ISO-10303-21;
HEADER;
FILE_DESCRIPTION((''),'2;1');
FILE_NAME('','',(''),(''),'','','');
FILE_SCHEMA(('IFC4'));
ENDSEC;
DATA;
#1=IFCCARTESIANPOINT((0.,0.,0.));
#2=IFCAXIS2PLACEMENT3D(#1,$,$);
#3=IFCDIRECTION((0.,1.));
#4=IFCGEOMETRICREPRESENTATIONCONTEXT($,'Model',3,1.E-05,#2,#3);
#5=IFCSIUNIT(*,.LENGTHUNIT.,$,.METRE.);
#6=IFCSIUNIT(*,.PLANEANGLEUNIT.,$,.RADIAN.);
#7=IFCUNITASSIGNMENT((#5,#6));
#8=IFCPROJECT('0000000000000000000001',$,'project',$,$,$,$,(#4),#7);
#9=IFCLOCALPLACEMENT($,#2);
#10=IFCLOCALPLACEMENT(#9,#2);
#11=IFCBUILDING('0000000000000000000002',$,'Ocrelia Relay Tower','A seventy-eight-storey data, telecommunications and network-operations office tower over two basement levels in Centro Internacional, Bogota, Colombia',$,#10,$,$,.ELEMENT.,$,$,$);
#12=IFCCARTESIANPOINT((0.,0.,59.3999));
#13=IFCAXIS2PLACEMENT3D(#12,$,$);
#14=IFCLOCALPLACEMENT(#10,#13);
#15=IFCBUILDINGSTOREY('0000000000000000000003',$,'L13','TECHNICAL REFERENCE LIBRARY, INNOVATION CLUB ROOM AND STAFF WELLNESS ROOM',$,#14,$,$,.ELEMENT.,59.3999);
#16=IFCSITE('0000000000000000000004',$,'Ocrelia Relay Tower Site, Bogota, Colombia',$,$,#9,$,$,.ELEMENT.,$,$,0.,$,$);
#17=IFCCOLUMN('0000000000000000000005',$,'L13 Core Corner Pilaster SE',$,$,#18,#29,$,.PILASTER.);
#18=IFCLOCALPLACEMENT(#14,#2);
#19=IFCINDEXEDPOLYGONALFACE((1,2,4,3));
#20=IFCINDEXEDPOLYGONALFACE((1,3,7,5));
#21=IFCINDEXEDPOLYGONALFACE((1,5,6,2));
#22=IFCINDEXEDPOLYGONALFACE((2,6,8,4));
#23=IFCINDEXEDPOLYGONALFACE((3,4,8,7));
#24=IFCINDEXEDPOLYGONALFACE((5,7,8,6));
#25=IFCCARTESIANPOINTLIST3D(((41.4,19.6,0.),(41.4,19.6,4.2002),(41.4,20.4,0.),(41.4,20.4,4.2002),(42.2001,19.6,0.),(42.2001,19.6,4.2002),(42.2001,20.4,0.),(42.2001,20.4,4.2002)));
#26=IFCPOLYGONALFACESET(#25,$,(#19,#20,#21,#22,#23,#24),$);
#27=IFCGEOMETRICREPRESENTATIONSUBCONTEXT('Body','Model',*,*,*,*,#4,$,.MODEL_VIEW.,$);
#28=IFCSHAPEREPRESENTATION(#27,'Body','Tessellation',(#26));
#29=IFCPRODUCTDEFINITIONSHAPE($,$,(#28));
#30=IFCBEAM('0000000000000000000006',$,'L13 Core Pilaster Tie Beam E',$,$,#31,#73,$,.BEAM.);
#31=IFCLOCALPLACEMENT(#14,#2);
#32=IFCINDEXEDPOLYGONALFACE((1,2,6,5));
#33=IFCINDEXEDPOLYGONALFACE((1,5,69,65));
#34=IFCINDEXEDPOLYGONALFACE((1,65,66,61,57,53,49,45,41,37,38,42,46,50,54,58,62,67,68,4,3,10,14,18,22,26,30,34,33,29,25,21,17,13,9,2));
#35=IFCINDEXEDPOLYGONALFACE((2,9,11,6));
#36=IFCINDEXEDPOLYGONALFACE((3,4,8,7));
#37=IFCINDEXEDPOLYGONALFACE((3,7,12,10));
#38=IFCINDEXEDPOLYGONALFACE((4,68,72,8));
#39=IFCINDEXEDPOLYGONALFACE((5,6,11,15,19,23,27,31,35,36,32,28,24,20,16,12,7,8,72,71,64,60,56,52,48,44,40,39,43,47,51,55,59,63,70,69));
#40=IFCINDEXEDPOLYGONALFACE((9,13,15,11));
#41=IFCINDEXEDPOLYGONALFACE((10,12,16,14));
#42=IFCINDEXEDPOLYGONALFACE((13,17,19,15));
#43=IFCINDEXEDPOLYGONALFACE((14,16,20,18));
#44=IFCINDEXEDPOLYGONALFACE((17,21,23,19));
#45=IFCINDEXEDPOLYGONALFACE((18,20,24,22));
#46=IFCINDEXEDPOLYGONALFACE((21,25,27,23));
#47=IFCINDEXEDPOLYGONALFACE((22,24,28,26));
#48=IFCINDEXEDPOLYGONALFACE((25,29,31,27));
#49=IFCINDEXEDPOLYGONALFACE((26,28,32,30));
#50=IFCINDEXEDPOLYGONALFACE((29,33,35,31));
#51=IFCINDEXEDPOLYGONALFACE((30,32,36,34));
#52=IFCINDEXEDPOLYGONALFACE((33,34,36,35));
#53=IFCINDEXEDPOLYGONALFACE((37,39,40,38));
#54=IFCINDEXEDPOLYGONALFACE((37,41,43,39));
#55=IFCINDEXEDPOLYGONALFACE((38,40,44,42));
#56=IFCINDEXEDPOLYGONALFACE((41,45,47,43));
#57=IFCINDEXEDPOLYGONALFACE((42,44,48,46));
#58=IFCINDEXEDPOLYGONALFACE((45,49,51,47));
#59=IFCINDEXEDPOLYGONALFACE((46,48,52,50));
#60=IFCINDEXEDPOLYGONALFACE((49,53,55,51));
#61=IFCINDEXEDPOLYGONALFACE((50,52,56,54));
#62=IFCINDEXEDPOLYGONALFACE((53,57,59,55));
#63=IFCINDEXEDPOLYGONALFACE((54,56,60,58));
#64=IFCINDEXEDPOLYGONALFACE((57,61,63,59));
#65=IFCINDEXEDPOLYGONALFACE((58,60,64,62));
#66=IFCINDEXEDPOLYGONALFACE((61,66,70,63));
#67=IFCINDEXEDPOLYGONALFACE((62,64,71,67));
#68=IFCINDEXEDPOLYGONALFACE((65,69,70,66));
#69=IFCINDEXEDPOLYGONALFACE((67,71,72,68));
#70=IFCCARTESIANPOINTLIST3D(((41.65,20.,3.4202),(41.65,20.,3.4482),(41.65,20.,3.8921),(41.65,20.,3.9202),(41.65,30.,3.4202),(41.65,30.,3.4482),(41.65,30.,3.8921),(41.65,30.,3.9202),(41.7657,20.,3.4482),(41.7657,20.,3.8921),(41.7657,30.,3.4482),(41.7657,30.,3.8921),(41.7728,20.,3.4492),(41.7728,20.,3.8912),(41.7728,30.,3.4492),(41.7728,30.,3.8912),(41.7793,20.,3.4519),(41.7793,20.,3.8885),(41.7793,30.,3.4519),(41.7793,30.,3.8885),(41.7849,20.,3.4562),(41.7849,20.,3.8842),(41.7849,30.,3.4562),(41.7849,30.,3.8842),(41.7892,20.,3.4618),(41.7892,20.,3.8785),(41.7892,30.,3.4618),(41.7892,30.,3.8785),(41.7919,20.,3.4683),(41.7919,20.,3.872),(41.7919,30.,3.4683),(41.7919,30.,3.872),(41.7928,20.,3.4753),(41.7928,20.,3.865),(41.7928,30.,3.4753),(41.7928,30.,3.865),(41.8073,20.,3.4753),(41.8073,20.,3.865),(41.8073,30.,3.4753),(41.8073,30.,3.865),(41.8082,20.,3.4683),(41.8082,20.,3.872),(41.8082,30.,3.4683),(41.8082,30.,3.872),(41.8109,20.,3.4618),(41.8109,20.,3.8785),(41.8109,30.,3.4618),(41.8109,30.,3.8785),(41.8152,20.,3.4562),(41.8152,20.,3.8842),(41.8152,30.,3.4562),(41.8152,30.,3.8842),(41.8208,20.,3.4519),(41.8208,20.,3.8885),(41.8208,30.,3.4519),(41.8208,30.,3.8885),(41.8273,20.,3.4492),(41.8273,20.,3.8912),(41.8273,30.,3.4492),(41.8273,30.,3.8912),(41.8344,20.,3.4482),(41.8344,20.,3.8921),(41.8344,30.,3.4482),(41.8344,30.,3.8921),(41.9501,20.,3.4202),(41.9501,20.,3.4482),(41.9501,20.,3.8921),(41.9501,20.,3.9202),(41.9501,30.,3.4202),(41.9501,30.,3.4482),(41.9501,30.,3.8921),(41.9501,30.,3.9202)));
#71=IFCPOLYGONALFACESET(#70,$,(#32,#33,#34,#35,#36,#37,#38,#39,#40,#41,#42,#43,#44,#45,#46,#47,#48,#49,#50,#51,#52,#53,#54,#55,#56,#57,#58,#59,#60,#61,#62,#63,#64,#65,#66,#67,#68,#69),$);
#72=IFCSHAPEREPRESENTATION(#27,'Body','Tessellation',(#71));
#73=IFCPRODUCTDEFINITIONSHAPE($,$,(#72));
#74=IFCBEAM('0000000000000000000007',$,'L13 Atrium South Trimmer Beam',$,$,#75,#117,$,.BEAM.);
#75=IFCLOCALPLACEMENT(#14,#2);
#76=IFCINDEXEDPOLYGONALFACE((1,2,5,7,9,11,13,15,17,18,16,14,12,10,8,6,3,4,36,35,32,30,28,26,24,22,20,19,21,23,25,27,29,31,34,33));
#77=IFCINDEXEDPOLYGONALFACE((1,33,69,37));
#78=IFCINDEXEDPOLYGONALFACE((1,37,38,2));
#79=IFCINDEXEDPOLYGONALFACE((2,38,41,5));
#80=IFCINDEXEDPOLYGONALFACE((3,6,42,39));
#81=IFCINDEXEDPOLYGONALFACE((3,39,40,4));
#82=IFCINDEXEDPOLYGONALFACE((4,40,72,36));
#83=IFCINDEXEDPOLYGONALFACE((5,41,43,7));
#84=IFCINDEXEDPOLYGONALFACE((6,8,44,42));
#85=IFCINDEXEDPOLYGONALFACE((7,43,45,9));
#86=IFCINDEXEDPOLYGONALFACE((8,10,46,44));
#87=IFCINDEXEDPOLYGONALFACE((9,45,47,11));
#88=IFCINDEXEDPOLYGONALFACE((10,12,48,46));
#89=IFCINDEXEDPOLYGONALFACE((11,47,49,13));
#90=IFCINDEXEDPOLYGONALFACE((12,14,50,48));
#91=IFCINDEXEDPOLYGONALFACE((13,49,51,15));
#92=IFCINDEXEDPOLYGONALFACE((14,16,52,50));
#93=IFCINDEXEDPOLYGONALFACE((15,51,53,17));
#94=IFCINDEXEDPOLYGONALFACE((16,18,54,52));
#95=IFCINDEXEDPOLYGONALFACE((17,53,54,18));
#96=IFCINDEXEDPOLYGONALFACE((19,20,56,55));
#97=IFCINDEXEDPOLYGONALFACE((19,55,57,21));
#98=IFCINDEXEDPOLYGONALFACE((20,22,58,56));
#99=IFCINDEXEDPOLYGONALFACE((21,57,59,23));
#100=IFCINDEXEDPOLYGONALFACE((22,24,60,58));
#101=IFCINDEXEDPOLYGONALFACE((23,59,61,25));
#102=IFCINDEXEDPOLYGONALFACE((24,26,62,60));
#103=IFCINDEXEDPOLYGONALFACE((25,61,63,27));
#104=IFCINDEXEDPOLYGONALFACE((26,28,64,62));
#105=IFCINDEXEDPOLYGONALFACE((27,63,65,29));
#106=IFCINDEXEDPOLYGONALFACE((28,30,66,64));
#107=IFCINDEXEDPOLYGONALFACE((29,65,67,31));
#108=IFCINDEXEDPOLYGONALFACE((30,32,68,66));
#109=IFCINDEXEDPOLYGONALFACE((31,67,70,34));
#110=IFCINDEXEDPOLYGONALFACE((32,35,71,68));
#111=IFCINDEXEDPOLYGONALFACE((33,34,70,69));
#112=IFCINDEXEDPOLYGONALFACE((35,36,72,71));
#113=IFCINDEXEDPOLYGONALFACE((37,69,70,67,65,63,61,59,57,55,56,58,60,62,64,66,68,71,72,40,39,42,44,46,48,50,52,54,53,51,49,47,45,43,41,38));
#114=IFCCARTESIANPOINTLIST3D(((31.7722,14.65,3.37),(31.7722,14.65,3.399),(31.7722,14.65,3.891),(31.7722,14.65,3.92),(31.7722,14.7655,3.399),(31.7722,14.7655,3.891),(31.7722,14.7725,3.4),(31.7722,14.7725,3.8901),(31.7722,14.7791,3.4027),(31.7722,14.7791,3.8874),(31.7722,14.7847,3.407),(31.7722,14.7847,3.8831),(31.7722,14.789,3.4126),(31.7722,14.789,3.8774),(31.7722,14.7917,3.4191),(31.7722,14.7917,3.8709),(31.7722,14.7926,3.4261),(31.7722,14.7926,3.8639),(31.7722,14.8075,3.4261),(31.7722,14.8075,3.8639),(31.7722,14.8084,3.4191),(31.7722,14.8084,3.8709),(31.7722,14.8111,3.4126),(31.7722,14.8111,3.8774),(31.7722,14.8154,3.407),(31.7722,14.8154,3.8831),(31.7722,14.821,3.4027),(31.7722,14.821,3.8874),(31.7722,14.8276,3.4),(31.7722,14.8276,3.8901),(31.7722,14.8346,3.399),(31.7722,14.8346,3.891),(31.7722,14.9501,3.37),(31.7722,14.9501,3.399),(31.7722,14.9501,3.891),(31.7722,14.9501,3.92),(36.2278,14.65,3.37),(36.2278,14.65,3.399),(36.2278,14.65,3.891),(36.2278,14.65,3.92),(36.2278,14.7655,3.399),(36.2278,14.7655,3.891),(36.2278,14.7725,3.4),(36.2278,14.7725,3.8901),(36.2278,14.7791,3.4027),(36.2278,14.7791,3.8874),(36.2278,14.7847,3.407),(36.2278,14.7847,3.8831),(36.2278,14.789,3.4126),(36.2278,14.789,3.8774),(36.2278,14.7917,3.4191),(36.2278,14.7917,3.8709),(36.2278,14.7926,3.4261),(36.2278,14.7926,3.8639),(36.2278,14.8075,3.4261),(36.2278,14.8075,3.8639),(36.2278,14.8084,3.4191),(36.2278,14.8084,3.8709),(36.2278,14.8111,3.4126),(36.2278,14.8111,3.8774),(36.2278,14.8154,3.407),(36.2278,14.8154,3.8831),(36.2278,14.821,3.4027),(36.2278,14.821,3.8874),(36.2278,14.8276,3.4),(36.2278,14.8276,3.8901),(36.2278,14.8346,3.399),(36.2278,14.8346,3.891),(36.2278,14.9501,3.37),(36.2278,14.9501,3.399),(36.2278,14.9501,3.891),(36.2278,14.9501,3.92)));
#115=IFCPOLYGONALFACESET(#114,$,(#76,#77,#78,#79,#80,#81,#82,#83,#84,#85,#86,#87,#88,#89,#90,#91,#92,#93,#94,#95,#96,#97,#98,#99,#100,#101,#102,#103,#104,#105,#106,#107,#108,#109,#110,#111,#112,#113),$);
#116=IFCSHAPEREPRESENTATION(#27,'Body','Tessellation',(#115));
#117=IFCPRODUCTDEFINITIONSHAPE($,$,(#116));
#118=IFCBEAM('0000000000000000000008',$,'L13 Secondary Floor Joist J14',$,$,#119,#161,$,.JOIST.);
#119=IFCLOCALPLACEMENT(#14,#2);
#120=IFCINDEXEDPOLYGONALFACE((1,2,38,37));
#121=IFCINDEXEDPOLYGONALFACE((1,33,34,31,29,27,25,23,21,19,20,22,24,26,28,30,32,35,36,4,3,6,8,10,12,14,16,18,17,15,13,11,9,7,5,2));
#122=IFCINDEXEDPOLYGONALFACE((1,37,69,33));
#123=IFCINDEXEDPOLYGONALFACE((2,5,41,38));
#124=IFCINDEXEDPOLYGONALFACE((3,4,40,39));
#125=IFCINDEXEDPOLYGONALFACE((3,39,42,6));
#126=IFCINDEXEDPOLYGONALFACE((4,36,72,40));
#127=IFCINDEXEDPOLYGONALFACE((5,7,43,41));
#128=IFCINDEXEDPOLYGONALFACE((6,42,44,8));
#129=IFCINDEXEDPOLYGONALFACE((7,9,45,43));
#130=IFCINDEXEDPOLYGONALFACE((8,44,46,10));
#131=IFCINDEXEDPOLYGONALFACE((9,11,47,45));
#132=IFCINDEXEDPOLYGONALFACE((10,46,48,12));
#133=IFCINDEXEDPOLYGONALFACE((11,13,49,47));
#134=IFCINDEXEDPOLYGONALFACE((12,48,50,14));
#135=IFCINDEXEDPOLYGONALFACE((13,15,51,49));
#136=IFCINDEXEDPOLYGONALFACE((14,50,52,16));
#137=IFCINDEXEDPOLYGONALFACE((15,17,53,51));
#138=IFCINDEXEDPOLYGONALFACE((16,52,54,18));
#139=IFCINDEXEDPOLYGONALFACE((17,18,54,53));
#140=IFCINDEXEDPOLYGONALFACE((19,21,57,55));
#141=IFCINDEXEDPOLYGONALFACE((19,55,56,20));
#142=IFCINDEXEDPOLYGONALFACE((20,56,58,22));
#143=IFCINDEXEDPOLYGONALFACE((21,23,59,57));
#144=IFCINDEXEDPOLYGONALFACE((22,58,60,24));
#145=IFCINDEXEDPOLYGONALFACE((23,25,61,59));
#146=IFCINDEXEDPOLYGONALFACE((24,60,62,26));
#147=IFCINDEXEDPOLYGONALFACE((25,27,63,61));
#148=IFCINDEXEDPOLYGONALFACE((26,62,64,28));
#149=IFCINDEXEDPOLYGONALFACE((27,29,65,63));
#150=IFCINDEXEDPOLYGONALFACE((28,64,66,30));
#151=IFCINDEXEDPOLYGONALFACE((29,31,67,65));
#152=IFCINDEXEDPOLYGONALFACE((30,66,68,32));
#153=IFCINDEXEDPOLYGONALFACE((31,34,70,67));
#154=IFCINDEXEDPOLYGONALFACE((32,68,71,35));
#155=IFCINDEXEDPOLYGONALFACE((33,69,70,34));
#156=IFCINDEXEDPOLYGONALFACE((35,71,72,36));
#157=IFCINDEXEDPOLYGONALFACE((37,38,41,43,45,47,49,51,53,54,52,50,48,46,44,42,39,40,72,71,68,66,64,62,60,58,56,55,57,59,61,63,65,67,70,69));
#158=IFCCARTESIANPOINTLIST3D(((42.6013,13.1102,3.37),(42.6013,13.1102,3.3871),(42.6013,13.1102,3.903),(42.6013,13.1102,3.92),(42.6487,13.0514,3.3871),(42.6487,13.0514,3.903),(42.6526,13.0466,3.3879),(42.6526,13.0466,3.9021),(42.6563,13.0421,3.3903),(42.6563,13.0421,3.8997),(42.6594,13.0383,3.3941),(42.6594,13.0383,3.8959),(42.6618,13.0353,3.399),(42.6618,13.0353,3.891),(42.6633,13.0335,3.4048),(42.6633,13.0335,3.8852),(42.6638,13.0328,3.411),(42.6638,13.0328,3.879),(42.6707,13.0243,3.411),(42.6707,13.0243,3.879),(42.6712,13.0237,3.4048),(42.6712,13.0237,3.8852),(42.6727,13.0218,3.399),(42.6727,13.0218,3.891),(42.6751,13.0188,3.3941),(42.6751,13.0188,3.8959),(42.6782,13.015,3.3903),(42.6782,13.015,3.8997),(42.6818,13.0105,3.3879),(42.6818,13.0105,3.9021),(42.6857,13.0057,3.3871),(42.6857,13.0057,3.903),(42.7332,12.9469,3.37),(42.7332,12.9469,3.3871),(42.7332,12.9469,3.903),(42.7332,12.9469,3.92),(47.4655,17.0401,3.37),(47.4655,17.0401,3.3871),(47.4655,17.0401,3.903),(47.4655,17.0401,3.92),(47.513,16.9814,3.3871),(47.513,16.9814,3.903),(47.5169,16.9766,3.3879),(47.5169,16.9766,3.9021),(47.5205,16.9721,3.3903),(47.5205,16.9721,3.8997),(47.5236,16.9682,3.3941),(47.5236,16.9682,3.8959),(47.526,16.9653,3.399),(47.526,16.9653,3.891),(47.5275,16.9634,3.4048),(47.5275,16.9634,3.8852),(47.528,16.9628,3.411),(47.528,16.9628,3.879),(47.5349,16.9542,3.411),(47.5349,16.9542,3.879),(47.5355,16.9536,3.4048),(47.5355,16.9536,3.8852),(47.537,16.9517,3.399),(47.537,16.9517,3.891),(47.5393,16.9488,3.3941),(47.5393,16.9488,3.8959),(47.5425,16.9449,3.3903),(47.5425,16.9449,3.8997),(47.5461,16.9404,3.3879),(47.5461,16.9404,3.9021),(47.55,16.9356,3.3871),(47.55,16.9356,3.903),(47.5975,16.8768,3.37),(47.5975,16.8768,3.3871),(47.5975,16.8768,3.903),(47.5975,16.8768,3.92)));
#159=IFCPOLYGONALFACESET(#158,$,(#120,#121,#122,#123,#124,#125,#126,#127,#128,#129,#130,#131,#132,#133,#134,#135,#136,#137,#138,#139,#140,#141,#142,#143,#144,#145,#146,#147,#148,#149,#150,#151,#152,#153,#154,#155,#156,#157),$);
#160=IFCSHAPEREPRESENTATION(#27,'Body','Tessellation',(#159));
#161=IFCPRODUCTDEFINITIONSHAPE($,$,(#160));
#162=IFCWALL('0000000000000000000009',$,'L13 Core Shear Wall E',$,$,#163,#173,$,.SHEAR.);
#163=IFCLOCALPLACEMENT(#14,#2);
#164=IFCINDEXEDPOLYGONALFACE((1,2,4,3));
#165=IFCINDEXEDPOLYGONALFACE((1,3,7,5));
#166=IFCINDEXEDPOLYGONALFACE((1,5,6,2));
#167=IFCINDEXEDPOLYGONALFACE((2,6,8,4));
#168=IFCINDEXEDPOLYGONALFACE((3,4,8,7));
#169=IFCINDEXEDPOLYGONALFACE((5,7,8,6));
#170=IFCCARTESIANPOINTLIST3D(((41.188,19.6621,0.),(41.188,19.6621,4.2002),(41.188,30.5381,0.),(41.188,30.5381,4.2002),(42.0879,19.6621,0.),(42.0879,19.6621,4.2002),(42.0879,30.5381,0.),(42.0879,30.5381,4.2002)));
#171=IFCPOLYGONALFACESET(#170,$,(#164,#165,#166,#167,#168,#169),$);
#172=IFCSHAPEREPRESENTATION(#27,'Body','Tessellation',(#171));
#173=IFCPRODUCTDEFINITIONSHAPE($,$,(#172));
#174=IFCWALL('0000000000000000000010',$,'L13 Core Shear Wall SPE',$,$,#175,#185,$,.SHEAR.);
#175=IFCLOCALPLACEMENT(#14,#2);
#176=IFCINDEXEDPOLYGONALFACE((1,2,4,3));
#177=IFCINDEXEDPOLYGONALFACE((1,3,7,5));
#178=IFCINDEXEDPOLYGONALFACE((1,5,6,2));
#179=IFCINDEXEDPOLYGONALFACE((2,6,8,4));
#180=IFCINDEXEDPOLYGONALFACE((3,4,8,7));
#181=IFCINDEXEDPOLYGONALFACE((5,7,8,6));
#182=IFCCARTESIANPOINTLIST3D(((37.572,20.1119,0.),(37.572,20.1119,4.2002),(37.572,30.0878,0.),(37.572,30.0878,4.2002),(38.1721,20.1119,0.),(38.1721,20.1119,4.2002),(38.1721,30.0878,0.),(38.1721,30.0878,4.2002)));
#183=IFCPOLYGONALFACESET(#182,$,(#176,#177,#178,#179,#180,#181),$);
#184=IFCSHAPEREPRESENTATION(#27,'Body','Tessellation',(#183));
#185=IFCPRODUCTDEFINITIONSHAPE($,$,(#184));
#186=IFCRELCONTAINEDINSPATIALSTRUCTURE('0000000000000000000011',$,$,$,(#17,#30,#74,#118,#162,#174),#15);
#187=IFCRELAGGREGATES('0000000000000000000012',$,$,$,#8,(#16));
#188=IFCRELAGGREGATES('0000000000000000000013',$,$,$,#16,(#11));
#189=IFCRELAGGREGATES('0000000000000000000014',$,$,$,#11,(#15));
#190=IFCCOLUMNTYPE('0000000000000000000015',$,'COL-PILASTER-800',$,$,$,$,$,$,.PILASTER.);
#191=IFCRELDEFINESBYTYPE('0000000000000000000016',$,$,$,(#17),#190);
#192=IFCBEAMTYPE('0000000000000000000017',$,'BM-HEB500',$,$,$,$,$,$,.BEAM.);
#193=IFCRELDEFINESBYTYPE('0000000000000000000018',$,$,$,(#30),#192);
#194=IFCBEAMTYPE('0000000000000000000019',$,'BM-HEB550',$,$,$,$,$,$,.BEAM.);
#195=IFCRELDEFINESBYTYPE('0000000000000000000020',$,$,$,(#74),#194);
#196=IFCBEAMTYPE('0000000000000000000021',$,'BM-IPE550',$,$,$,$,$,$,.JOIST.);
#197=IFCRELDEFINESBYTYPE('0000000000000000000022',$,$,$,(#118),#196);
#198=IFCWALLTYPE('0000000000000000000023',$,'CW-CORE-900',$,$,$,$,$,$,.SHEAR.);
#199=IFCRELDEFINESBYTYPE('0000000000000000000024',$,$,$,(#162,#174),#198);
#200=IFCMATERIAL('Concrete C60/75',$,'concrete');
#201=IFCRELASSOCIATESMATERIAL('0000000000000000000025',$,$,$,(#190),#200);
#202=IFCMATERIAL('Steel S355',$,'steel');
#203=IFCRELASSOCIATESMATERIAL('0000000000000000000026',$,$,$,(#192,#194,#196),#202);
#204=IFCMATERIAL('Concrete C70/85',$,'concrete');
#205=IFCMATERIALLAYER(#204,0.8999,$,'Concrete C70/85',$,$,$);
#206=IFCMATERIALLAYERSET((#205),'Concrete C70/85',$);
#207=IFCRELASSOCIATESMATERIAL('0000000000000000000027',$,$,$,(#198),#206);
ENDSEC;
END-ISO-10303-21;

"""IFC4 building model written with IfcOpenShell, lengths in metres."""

from ifc_helpers import new_model, si_unit, direction, frame, frame_2d, origin, origin_2d, place, context, subcontext, project, spatial, rectangle, i_section, extrude, material, layer, layer_set, material_profile, profile_set, type_object, element, save


model = new_model("IFC4")

# Units and contexts
model_context = context("Model", 3, precision=1e-05, world=origin(), true_north=direction((0.0, 1.0)))
body_context = subcontext(model_context, "Body", "Model", "MODEL_VIEW")
ifc_project = project(units=[si_unit("LENGTHUNIT", "METRE"), si_unit("PLANEANGLEUNIT", "RADIAN")], contexts=[model_context])

# Site, building, storey
site_placement = place(None, origin())
site = spatial("IfcSite", under=ifc_project, at=site_placement, Name="Ocrelia Relay Tower Site, Bogota, Colombia", CompositionType="ELEMENT", RefElevation=0.0)
building_placement = place(site_placement, origin())
building = spatial("IfcBuilding", under=site, at=building_placement, Name="Ocrelia Relay Tower", Description="A seventy-eight-storey data, telecommunications and network-operations office tower over two basement levels in Centro Internacional, Bogota, Colombia", CompositionType="ELEMENT")
storey_placement = place(building_placement, frame((0.0, 0.0, 59.3999)))
storey = spatial("IfcBuildingStorey", under=building, at=storey_placement, Name="L13", Description="TECHNICAL REFERENCE LIBRARY, INNOVATION CLUB ROOM AND STAFF WELLNESS ROOM", CompositionType="ELEMENT", Elevation=59.3999)

# Column
ifc_material_1 = material(Name="Concrete C60/75", Category="concrete")
ifc_material_profile_1 = material_profile(ifc_material_1, rectangle(XDim=0.8, YDim=0.8, at=origin_2d()), Name="RC-COL-800x800")
ifc_profile_set_1 = profile_set([ifc_material_profile_1], Name="Concrete C60/75")
column_type = type_object("IfcColumnType", Name="COL-PILASTER-800", PredefinedType="PILASTER", material=ifc_profile_set_1)
column_placement = place(storey_placement, frame((41.8, 20.0, 0.0), z_axis=(0.0, 0.0, 1.0), x_axis=(1.0, 0.0, 0.0)))
element("IfcColumn", 1, at=column_placement, inside=storey, type_object=column_type, Name="L13 Core Corner Pilaster SE", PredefinedType="PILASTER", context=body_context, shape_type="SweptSolid", body=[
    extrude(rectangle(XDim=0.8, YDim=0.8, at=origin_2d()), origin(), (0.0, 0.0, 1.0), 4.2002),
])

# Beams
ifc_material_2 = material(Name="Steel S355", Category="steel")
ifc_material_profile_2 = material_profile(ifc_material_2, i_section(OverallWidth=0.3, OverallDepth=0.5, WebThickness=0.0144, FlangeThickness=0.0281, FilletRadius=0.0271, at=origin_2d()), Name="HEB 500")
ifc_profile_set_2 = profile_set([ifc_material_profile_2], Name="Steel S355")
beam_type_1 = type_object("IfcBeamType", Name="BM-HEB500", PredefinedType="BEAM", material=ifc_profile_set_2)
beam_1_placement = place(storey_placement, frame((41.8, 20.0, 3.6702), z_axis=(0.0, 1.0, 0.0), x_axis=(-1.0, 0.0, 0.0)))
element("IfcBeam", 2, at=beam_1_placement, inside=storey, type_object=beam_type_1, Name="L13 Core Pilaster Tie Beam E", PredefinedType="BEAM", context=body_context, shape_type="SweptSolid", body=[
    extrude(i_section(OverallWidth=0.3, OverallDepth=0.5, WebThickness=0.0144, FlangeThickness=0.0281, FilletRadius=0.0271, at=origin_2d()), origin(), (0.0, 0.0, 1.0), 10.0),
])
ifc_material_profile_3 = material_profile(ifc_material_2, i_section(OverallWidth=0.3, OverallDepth=0.55, WebThickness=0.0149, FlangeThickness=0.0291, FilletRadius=0.0271, at=origin_2d()), Name="HEB 550")
ifc_profile_set_3 = profile_set([ifc_material_profile_3], Name="Steel S355")
beam_type_2 = type_object("IfcBeamType", Name="BM-HEB550", PredefinedType="BEAM", material=ifc_profile_set_3)
beam_2_placement = place(storey_placement, frame((31.7722, 14.8, 3.645), z_axis=(1.0, 0.0, 0.0), x_axis=(0.0, 1.0, 0.0)))
element("IfcBeam", 3, at=beam_2_placement, inside=storey, type_object=beam_type_2, Name="L13 Atrium South Trimmer Beam", PredefinedType="BEAM", context=body_context, shape_type="SweptSolid", body=[
    extrude(i_section(OverallWidth=0.3, OverallDepth=0.55, WebThickness=0.0149, FlangeThickness=0.0291, FilletRadius=0.0271, at=origin_2d()), origin(), (0.0, 0.0, 1.0), 4.4556),
])
ifc_material_profile_4 = material_profile(ifc_material_2, i_section(OverallWidth=0.21, OverallDepth=0.55, WebThickness=0.011, FlangeThickness=0.0171, FilletRadius=0.0239, at=origin_2d()), Name="IPE 550")
ifc_profile_set_4 = profile_set([ifc_material_profile_4], Name="Steel S355")
beam_type_3 = type_object("IfcBeamType", Name="BM-IPE550", PredefinedType="JOIST", material=ifc_profile_set_4)
beam_3_placement = place(storey_placement, frame((42.6672, 13.0286, 3.645), z_axis=(0.777855, 0.628444, 0.0), x_axis=(-0.628444, 0.777855, 0.0)))
element("IfcBeam", 4, at=beam_3_placement, inside=storey, type_object=beam_type_3, Name="L13 Secondary Floor Joist J14", PredefinedType="JOIST", context=body_context, shape_type="SweptSolid", body=[
    extrude(i_section(OverallWidth=0.21, OverallDepth=0.55, WebThickness=0.011, FlangeThickness=0.0171, FilletRadius=0.0239, at=origin_2d()), origin(), (0.0, 0.0, 1.0), 6.2534),
])

# Walls
ifc_material_3 = material(Name="Concrete C70/85", Category="concrete")
ifc_layer_1 = layer(ifc_material_3, 0.8999, Name="Concrete C70/85")
ifc_layer_set_1 = layer_set([ifc_layer_1], Name="Concrete C70/85")
wall_type_1 = type_object("IfcWallType", Name="CW-CORE-900", PredefinedType="SHEAR", material=ifc_layer_set_1)
wall_1_placement = place(storey_placement, frame((41.6379, 19.6621, 0.0), z_axis=(0.0, 0.0, 1.0), x_axis=(0.0, 1.0, 0.0)))
element("IfcWall", 5, at=wall_1_placement, inside=storey, type_object=wall_type_1, Name="L13 Core Shear Wall E", PredefinedType="SHEAR", context=body_context, shape_type="SweptSolid", body=[
    extrude(rectangle(XDim=10.876, YDim=0.8999, at=frame_2d((5.438, 0.0))), origin(), (0.0, 0.0, 1.0), 4.2002),
])
wall_2_placement = place(storey_placement, frame((37.8721, 20.1121, 0.0), z_axis=(0.0, 0.0, 1.0), x_axis=(0.0, 1.0, 0.0)))
element("IfcWall", 6, at=wall_2_placement, inside=storey, type_object=wall_type_1, Name="L13 Core Shear Wall SPE", PredefinedType="SHEAR", context=body_context, shape_type="SweptSolid", body=[
    extrude(rectangle(XDim=9.9758, YDim=0.6001, at=frame_2d((4.9878, 0.0))), origin(), (0.0, 0.0, 1.0), 4.2002),
])

save(model, "model.ifc")
